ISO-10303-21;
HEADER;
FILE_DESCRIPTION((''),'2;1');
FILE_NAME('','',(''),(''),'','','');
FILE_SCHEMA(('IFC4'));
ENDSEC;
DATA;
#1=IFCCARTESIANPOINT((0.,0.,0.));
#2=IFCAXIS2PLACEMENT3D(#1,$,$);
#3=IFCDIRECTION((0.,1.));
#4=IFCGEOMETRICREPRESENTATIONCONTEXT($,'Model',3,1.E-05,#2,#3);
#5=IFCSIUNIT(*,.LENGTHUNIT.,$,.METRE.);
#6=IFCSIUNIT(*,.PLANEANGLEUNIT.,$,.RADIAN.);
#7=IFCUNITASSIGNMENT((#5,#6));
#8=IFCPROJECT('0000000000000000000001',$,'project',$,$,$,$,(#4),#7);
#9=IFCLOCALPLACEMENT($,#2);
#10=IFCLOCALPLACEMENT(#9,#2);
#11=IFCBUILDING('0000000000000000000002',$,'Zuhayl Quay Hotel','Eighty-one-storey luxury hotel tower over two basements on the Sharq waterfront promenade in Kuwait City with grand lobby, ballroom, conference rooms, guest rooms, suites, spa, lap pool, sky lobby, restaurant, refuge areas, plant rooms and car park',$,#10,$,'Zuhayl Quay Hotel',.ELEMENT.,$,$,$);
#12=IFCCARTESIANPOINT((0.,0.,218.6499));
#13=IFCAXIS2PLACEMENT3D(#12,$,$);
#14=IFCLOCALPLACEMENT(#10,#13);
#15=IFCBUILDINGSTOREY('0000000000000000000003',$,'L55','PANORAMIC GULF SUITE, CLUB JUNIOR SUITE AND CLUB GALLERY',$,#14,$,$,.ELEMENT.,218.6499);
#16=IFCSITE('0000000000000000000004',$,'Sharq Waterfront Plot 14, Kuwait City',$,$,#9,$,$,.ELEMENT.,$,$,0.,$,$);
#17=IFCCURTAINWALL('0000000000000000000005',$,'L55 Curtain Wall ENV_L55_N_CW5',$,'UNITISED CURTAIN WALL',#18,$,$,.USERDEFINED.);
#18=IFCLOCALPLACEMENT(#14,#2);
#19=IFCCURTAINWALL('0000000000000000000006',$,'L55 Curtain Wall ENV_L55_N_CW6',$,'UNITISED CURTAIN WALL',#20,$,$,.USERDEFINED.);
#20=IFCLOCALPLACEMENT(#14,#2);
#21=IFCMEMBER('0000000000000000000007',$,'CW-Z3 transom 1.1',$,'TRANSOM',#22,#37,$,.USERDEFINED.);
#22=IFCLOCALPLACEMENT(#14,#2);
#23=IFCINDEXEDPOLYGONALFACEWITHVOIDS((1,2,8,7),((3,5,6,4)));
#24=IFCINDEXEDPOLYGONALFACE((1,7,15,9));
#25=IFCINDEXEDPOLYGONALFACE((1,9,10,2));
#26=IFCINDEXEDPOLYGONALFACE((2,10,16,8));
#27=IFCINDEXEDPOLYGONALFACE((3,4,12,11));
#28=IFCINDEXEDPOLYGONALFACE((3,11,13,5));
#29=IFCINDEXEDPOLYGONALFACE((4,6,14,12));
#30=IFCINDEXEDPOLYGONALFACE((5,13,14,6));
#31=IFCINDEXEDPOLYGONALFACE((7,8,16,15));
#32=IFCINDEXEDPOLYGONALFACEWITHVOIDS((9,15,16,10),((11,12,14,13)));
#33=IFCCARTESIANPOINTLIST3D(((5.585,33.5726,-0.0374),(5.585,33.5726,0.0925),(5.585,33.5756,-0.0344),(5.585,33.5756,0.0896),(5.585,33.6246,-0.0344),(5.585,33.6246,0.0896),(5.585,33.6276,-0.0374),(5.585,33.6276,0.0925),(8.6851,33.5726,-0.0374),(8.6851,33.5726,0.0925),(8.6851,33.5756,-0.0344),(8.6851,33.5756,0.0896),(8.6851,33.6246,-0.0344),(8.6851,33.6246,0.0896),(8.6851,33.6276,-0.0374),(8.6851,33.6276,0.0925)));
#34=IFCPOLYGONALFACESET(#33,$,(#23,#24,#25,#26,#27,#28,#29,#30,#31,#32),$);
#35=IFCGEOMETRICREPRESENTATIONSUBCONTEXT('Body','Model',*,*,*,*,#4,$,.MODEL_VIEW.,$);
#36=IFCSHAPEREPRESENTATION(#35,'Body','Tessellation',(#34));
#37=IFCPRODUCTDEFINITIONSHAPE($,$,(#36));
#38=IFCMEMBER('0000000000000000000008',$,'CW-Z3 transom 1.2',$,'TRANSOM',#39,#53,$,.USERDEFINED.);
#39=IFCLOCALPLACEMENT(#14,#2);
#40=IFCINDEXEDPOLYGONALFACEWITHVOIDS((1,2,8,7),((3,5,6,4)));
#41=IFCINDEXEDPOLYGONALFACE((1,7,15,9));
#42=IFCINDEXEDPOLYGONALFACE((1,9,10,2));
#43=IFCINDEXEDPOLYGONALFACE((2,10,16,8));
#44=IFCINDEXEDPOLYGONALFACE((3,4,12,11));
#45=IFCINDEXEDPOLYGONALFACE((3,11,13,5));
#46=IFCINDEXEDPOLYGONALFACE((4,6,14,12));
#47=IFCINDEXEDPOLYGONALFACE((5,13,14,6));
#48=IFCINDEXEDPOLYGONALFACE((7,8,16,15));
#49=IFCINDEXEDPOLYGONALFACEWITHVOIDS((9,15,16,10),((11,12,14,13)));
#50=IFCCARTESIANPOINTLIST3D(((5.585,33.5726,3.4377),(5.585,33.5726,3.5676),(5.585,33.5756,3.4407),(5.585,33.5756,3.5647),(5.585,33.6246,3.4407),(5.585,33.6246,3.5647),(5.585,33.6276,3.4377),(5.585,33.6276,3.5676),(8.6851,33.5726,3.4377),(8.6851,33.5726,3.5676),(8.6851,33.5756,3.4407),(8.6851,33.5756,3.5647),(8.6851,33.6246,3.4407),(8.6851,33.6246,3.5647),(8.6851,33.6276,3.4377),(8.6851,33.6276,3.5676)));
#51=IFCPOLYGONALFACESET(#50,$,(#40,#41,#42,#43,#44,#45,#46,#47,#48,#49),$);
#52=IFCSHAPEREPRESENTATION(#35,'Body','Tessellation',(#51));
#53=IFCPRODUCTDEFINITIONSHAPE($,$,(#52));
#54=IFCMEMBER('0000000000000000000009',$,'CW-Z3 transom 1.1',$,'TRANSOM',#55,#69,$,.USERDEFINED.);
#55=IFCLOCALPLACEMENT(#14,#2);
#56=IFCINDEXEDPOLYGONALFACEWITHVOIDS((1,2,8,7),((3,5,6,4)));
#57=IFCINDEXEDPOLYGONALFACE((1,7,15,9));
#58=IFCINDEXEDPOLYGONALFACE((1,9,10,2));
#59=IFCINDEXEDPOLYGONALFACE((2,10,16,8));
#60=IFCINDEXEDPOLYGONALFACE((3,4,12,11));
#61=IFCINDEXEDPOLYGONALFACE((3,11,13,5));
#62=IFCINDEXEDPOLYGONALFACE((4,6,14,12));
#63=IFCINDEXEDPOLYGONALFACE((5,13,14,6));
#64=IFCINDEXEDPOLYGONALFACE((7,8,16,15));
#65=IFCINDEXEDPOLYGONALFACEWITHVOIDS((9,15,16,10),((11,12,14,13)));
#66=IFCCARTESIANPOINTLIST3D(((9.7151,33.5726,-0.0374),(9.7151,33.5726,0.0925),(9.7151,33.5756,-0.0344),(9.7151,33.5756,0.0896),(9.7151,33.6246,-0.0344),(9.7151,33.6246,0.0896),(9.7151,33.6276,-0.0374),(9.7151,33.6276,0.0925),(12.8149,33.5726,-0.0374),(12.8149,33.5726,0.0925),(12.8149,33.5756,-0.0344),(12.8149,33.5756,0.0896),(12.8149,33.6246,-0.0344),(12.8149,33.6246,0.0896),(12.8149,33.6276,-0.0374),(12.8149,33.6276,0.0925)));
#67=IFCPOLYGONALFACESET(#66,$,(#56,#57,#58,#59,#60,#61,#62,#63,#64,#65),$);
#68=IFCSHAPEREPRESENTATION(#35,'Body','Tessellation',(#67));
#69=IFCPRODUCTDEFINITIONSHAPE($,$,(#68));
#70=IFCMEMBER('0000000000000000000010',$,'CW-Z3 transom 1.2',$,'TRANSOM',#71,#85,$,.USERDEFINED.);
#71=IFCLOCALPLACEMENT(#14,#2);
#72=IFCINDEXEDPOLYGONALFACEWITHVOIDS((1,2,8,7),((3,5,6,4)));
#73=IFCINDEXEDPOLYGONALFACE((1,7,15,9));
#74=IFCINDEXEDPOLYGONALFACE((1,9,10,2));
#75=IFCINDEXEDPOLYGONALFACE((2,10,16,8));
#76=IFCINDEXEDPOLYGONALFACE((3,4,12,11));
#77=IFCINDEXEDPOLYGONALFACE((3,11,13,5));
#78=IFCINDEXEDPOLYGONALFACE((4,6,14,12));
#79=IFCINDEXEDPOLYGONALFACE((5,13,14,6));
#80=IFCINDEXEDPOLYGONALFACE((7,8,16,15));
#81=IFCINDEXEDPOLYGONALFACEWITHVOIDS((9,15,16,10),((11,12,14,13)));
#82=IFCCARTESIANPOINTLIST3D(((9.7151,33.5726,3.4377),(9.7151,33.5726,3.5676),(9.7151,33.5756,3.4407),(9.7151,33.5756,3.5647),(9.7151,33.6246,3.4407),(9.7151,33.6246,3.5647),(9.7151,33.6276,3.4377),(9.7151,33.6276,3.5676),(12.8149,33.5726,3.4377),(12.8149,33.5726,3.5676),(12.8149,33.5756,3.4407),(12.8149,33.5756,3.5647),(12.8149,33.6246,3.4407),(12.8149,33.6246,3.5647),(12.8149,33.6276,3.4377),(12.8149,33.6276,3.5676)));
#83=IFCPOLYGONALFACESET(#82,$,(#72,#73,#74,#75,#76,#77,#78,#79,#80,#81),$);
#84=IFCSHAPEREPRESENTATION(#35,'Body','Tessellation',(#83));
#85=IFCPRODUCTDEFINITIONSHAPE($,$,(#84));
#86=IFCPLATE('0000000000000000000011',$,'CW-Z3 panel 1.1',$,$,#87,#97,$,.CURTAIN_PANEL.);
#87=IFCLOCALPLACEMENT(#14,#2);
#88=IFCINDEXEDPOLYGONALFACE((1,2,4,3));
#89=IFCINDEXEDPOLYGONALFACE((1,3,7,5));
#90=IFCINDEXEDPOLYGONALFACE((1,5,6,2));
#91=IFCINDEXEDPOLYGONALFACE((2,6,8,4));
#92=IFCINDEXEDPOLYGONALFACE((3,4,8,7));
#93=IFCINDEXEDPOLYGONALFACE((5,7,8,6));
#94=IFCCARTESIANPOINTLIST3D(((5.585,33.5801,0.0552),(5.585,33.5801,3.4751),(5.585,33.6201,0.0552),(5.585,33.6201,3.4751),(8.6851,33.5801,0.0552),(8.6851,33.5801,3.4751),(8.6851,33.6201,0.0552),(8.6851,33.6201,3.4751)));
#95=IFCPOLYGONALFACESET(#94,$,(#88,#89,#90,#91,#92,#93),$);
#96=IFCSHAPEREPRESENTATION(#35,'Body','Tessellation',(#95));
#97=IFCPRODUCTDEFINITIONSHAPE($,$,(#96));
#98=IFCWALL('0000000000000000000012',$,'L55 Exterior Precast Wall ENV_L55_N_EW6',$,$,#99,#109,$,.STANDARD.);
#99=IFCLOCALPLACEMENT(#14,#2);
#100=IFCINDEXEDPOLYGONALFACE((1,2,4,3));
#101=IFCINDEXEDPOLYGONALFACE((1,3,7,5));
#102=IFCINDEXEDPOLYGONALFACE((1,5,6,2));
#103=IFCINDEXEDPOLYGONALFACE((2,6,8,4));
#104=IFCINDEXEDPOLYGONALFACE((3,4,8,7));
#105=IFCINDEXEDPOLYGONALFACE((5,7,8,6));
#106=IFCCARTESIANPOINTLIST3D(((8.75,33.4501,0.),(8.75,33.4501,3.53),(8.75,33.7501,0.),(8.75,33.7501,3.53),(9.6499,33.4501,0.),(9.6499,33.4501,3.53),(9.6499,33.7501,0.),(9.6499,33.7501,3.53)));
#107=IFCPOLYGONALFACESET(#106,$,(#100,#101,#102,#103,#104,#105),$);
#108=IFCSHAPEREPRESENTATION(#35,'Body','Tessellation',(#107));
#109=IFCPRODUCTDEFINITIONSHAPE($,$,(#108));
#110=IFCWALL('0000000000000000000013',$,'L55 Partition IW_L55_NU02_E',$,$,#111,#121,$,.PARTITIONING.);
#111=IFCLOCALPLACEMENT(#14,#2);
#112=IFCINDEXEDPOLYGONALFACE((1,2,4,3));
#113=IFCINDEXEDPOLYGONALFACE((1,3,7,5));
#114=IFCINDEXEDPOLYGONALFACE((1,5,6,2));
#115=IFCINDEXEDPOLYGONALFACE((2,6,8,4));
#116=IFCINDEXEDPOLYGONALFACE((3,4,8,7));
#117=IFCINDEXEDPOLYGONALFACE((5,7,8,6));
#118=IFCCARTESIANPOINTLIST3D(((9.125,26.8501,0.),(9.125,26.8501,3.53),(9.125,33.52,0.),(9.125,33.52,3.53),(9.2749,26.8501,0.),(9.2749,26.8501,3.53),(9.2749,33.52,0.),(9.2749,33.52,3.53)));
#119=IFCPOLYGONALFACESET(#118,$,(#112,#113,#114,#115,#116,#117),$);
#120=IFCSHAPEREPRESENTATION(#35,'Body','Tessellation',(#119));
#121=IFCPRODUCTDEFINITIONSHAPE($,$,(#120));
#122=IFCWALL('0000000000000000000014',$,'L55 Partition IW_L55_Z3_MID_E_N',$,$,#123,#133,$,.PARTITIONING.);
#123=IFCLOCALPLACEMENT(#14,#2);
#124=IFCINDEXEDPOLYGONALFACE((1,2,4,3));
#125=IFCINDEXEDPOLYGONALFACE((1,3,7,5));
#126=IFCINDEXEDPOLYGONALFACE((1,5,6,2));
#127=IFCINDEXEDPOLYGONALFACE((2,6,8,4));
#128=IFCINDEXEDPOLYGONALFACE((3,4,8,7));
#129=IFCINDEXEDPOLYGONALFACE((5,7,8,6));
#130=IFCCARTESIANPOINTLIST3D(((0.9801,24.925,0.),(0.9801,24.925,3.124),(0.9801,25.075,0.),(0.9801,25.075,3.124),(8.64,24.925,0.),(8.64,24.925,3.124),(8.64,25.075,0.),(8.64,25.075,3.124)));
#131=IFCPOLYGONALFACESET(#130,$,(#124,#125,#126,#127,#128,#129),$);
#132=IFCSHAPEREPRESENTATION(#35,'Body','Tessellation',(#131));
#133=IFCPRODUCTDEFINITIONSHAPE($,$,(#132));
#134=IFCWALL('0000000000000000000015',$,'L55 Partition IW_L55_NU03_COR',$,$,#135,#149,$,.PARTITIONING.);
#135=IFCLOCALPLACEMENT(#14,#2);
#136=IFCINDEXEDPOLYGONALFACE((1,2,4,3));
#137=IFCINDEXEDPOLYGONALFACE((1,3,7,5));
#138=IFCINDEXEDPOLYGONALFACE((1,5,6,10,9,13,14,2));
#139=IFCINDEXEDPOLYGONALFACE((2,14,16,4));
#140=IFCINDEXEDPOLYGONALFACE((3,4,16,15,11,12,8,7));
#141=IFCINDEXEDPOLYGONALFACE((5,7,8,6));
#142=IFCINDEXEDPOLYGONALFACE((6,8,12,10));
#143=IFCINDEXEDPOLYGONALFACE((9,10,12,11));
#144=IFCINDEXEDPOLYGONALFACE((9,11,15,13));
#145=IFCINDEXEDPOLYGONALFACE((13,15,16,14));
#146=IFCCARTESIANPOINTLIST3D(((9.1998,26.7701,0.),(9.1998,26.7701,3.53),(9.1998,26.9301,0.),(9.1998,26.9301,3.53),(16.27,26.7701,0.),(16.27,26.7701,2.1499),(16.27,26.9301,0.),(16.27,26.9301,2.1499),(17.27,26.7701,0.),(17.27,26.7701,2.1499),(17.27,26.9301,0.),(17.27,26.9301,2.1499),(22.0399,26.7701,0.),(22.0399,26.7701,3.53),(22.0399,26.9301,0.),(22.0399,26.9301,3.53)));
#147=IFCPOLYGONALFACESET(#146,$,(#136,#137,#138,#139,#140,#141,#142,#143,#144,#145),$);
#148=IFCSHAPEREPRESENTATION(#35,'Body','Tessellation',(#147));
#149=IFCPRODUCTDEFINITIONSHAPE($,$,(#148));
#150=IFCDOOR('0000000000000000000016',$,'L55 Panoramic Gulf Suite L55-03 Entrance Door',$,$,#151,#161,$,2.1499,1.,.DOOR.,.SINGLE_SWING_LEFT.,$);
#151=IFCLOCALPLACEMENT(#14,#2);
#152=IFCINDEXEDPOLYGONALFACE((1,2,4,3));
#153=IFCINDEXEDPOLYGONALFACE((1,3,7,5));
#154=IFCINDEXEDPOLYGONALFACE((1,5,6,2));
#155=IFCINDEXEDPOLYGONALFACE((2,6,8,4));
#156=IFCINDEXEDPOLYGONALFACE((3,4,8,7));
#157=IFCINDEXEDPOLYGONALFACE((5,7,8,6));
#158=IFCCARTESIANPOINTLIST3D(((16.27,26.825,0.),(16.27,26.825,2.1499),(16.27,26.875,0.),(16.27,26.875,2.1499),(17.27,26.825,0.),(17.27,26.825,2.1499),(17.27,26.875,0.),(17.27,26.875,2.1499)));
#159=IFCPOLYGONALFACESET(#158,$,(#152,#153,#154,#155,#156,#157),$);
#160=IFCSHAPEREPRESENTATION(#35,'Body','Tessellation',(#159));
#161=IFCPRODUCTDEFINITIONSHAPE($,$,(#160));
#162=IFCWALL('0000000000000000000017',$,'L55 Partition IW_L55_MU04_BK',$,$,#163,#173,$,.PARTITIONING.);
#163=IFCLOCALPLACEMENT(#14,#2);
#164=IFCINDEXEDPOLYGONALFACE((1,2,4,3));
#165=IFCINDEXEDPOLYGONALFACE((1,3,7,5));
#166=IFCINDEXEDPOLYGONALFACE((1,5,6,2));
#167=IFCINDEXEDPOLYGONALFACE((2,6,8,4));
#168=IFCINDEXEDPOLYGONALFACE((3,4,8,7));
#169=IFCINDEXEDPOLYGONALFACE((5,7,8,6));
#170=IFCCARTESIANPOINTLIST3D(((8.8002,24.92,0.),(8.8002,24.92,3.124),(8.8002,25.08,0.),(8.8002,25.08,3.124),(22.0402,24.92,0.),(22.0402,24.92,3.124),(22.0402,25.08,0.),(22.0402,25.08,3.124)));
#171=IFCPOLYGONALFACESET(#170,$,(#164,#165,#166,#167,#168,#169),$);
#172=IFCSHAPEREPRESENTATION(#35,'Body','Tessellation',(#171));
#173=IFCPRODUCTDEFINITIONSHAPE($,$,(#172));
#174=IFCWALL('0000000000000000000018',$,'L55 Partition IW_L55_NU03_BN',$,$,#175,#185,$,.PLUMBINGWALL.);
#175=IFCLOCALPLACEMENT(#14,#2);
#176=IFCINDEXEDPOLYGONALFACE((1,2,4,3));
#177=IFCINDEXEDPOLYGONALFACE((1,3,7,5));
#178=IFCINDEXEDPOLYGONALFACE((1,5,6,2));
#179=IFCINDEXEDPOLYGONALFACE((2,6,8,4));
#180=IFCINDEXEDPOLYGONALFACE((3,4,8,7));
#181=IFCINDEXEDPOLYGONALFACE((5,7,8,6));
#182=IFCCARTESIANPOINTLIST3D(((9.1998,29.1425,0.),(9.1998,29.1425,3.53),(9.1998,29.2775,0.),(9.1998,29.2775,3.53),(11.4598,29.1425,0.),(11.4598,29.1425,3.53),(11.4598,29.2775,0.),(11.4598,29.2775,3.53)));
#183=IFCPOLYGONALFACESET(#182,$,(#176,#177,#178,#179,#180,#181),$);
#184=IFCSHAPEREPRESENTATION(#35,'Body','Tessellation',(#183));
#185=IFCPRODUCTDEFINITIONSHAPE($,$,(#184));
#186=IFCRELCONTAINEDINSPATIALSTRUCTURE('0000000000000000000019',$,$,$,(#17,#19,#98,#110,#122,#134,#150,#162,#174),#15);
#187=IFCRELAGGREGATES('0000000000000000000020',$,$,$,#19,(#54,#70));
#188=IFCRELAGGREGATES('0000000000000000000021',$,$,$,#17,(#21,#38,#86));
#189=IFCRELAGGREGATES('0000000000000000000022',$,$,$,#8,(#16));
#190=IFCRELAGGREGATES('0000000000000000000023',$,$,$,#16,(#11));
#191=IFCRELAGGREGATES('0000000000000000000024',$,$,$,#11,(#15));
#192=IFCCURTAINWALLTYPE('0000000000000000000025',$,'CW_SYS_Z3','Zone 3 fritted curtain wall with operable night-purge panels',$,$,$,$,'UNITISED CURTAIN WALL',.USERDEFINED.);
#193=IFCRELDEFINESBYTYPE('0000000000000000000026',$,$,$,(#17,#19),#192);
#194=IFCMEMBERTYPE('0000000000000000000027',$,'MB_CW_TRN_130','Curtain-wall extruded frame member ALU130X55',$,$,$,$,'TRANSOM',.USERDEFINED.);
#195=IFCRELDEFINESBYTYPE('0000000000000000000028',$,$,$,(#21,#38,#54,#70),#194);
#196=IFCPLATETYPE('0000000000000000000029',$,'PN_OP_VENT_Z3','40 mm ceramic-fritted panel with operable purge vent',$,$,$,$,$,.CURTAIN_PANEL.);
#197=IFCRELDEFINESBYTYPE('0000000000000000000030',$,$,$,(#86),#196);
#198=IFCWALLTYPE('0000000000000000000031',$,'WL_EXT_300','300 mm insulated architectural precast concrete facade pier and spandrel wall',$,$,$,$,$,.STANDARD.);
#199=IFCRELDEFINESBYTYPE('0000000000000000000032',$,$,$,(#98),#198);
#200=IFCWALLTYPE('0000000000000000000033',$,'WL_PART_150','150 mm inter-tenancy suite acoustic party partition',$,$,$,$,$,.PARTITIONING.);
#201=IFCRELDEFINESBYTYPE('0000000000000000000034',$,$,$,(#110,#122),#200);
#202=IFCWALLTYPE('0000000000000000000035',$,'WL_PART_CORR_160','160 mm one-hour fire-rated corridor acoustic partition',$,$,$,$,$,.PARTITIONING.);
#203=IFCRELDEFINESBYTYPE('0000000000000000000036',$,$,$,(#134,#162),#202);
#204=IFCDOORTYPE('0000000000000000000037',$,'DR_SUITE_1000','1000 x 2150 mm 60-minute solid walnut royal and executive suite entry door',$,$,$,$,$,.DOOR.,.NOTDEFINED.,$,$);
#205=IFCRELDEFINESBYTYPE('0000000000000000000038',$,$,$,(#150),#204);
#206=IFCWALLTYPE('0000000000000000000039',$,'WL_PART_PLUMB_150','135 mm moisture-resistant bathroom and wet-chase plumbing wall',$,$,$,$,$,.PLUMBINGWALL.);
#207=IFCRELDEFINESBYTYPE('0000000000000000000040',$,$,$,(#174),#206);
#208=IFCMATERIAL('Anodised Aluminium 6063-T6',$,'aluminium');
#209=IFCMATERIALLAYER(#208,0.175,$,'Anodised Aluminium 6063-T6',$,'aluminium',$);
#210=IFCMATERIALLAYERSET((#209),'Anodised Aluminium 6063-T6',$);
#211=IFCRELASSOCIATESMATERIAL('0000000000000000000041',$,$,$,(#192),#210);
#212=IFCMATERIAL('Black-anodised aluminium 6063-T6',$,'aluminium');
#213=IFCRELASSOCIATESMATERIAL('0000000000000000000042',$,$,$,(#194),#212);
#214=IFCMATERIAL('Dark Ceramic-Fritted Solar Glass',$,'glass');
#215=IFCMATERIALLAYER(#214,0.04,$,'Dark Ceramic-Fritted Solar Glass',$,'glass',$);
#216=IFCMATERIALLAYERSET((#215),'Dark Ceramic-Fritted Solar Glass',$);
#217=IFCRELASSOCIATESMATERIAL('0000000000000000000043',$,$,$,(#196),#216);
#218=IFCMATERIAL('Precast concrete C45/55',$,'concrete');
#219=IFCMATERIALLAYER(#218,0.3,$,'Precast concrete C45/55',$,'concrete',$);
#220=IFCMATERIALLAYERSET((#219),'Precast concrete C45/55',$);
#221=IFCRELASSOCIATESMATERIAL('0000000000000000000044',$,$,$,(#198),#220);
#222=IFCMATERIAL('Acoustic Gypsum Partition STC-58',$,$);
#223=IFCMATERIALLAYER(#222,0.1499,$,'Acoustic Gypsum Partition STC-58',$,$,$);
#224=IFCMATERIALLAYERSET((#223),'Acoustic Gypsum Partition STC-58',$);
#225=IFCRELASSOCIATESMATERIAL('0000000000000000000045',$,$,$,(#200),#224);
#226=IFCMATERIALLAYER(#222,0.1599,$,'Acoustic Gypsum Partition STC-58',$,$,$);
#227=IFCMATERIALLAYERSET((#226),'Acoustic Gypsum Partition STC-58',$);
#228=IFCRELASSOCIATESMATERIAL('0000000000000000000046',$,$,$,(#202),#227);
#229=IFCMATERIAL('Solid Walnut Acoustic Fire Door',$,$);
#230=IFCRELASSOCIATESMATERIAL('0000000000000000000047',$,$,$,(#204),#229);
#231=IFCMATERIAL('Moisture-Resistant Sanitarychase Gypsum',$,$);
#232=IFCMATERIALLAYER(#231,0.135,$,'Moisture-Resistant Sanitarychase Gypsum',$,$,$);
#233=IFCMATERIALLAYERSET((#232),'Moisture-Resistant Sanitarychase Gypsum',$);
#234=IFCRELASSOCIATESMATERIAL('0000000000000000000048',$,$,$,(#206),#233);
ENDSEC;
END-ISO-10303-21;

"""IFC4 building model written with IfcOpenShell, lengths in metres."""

from ifc_helpers import new_model, si_unit, direction, frame, frame_2d, origin, origin_2d, place, context, subcontext, project, spatial, rectangle, hollow_rectangle, extrude, material, layer, layer_set, material_profile, profile_set, type_object, element, fill, aggregate, save


model = new_model("IFC4")

# Units and contexts
model_context = context("Model", 3, precision=1e-05, world=origin(), true_north=direction((0.0, 1.0)))
body_context = subcontext(model_context, "Body", "Model", "MODEL_VIEW")
ifc_project = project(units=[si_unit("LENGTHUNIT", "METRE"), si_unit("PLANEANGLEUNIT", "RADIAN")], contexts=[model_context])

# Site, building, storey
site_placement = place(None, origin())
site = spatial("IfcSite", under=ifc_project, at=site_placement, Name="Sharq Waterfront Plot 14, Kuwait City", CompositionType="ELEMENT", RefElevation=0.0)
building_placement = place(site_placement, origin())
building = spatial("IfcBuilding", under=site, at=building_placement, Name="Zuhayl Quay Hotel", Description="Eighty-one-storey luxury hotel tower over two basements on the Sharq waterfront promenade in Kuwait City with grand lobby, ballroom, conference rooms, guest rooms, suites, spa, lap pool, sky lobby, restaurant, refuge areas, plant rooms and car park", LongName="Zuhayl Quay Hotel", CompositionType="ELEMENT")
storey_placement = place(building_placement, frame((0.0, 0.0, 218.6499)))
storey = spatial("IfcBuildingStorey", under=building, at=storey_placement, Name="L55", Description="PANORAMIC GULF SUITE, CLUB JUNIOR SUITE AND CLUB GALLERY", CompositionType="ELEMENT", Elevation=218.6499)

# Curtain wall
ifc_material_1 = material(Name="Anodised Aluminium 6063-T6", Category="aluminium")
ifc_layer_1 = layer(ifc_material_1, 0.175, Name="Anodised Aluminium 6063-T6", Category="aluminium")
ifc_layer_set_1 = layer_set([ifc_layer_1], Name="Anodised Aluminium 6063-T6")
curtain_wall_type = type_object("IfcCurtainWallType", Name="CW_SYS_Z3", Description="Zone 3 fritted curtain wall with operable night-purge panels", ElementType="UNITISED CURTAIN WALL", PredefinedType="USERDEFINED", material=ifc_layer_set_1)
curtain_wall_1_placement = place(storey_placement, origin())
curtain_wall_1 = element("IfcCurtainWall", 1, at=curtain_wall_1_placement, inside=storey, type_object=curtain_wall_type, Name="L55 Curtain Wall ENV_L55_N_CW5", ObjectType="UNITISED CURTAIN WALL", PredefinedType="USERDEFINED")
ifc_material_2 = material(Name="Black-anodised aluminium 6063-T6", Category="aluminium")

# Curtain wall
curtain_wall_2_placement = place(storey_placement, origin())
curtain_wall_2 = element("IfcCurtainWall", 2, at=curtain_wall_2_placement, inside=storey, type_object=curtain_wall_type, Name="L55 Curtain Wall ENV_L55_N_CW6", ObjectType="UNITISED CURTAIN WALL", PredefinedType="USERDEFINED")

# Members
ifc_material_profile_1 = material_profile(ifc_material_2, hollow_rectangle(XDim=0.0549, YDim=0.1299, WallThickness=0.0029, at=origin_2d()), Name="ALU130X55")
ifc_profile_set_1 = profile_set([ifc_material_profile_1], Name="Black-anodised aluminium 6063-T6")
member_type_1 = type_object("IfcMemberType", Name="MB_CW_TRN_130", Description="Curtain-wall extruded frame member ALU130X55", ElementType="TRANSOM", PredefinedType="USERDEFINED", material=ifc_profile_set_1)
member_1_placement = place(storey_placement, frame((5.585, 33.6001, 0.0276), z_axis=(1.0, 0.0, 0.0), x_axis=(0.0, 1.0, 0.0)))
member_1 = element("IfcMember", 3, at=member_1_placement, type_object=member_type_1, Name="CW-Z3 transom 1.1", ObjectType="TRANSOM", PredefinedType="USERDEFINED", context=body_context, shape_type="SweptSolid", body=[
    extrude(hollow_rectangle(XDim=0.0549, YDim=0.1299, WallThickness=0.0029, at=origin_2d()), origin(), (0.0, 0.0, 1.0), 3.1001),
])
member_2_placement = place(storey_placement, frame((5.585, 33.6001, 3.5027), z_axis=(1.0, 0.0, 0.0), x_axis=(0.0, 1.0, 0.0)))
member_2 = element("IfcMember", 4, at=member_2_placement, type_object=member_type_1, Name="CW-Z3 transom 1.2", ObjectType="TRANSOM", PredefinedType="USERDEFINED", context=body_context, shape_type="SweptSolid", body=[
    extrude(hollow_rectangle(XDim=0.0549, YDim=0.1299, WallThickness=0.0029, at=origin_2d()), origin(), (0.0, 0.0, 1.0), 3.1001),
])
member_3_placement = place(storey_placement, frame((9.7151, 33.6001, 0.0276), z_axis=(1.0, 0.0, 0.0), x_axis=(0.0, 1.0, 0.0)))
member_3 = element("IfcMember", 5, at=member_3_placement, type_object=member_type_1, Name="CW-Z3 transom 1.1", ObjectType="TRANSOM", PredefinedType="USERDEFINED", context=body_context, shape_type="SweptSolid", body=[
    extrude(hollow_rectangle(XDim=0.0549, YDim=0.1299, WallThickness=0.0029, at=origin_2d()), origin(), (0.0, 0.0, 1.0), 3.0999),
])
member_4_placement = place(storey_placement, frame((9.7151, 33.6001, 3.5027), z_axis=(1.0, 0.0, 0.0), x_axis=(0.0, 1.0, 0.0)))
member_4 = element("IfcMember", 6, at=member_4_placement, type_object=member_type_1, Name="CW-Z3 transom 1.2", ObjectType="TRANSOM", PredefinedType="USERDEFINED", context=body_context, shape_type="SweptSolid", body=[
    extrude(hollow_rectangle(XDim=0.0549, YDim=0.1299, WallThickness=0.0029, at=origin_2d()), origin(), (0.0, 0.0, 1.0), 3.0999),
])
aggregate(curtain_wall_2, [member_3, member_4])

# Plate
ifc_material_3 = material(Name="Dark Ceramic-Fritted Solar Glass", Category="glass")
ifc_layer_2 = layer(ifc_material_3, 0.04, Name="Dark Ceramic-Fritted Solar Glass", Category="glass")
ifc_layer_set_2 = layer_set([ifc_layer_2], Name="Dark Ceramic-Fritted Solar Glass")
plate_type = type_object("IfcPlateType", Name="PN_OP_VENT_Z3", Description="40 mm ceramic-fritted panel with operable purge vent", PredefinedType="CURTAIN_PANEL", material=ifc_layer_set_2)
plate_placement = place(storey_placement, frame((7.135, 33.6001, 0.0552), z_axis=(0.0, 0.0, 1.0), x_axis=(1.0, 0.0, 0.0)))
plate = element("IfcPlate", 7, at=plate_placement, type_object=plate_type, Name="CW-Z3 panel 1.1", PredefinedType="CURTAIN_PANEL", context=body_context, shape_type="SweptSolid", body=[
    extrude(rectangle(XDim=3.1001, YDim=0.04, at=origin_2d()), origin(), (0.0, 0.0, 1.0), 3.4199),
])
aggregate(curtain_wall_1, [member_1, member_2, plate])

# Walls
ifc_material_4 = material(Name="Precast concrete C45/55", Category="concrete")
ifc_layer_3 = layer(ifc_material_4, 0.3, Name="Precast concrete C45/55", Category="concrete")
ifc_layer_set_3 = layer_set([ifc_layer_3], Name="Precast concrete C45/55")
wall_type_1 = type_object("IfcWallType", Name="WL_EXT_300", Description="300 mm insulated architectural precast concrete facade pier and spandrel wall", PredefinedType="STANDARD", material=ifc_layer_set_3)
wall_1_placement = place(storey_placement, frame((8.75, 33.6001, 0.0), z_axis=(0.0, 0.0, 1.0), x_axis=(1.0, 0.0, 0.0)))
element("IfcWall", 8, at=wall_1_placement, inside=storey, type_object=wall_type_1, Name="L55 Exterior Precast Wall ENV_L55_N_EW6", PredefinedType="STANDARD", context=body_context, shape_type="SweptSolid", body=[
    extrude(rectangle(XDim=0.8999, YDim=0.3, at=frame_2d((0.45, 0.0))), origin(), (0.0, 0.0, 1.0), 3.53),
])
ifc_material_5 = material(Name="Acoustic Gypsum Partition STC-58")
ifc_layer_4 = layer(ifc_material_5, 0.1499, Name="Acoustic Gypsum Partition STC-58")
ifc_layer_set_4 = layer_set([ifc_layer_4], Name="Acoustic Gypsum Partition STC-58")
wall_type_2 = type_object("IfcWallType", Name="WL_PART_150", Description="150 mm inter-tenancy suite acoustic party partition", PredefinedType="PARTITIONING", material=ifc_layer_set_4)
wall_2_placement = place(storey_placement, frame((9.2, 26.8501, 0.0), z_axis=(0.0, 0.0, 1.0), x_axis=(0.0, 1.0, 0.0)))
element("IfcWall", 9, at=wall_2_placement, inside=storey, type_object=wall_type_2, Name="L55 Partition IW_L55_NU02_E", PredefinedType="PARTITIONING", context=body_context, shape_type="SweptSolid", body=[
    extrude(rectangle(XDim=6.6699, YDim=0.1499, at=frame_2d((3.335, 0.0))), origin(), (0.0, 0.0, 1.0), 3.53),
])
wall_3_placement = place(storey_placement, frame((0.98, 25.0, 0.0), z_axis=(0.0, 0.0, 1.0), x_axis=(1.0, 0.0, 0.0)))
element("IfcWall", 10, at=wall_3_placement, inside=storey, type_object=wall_type_2, Name="L55 Partition IW_L55_Z3_MID_E_N", PredefinedType="PARTITIONING", context=body_context, shape_type="SweptSolid", body=[
    extrude(rectangle(XDim=7.6599, YDim=0.1499, at=frame_2d((3.8301, 0.0))), origin(), (0.0, 0.0, 1.0), 3.124),
])

# Wall, opening, door
ifc_layer_5 = layer(ifc_material_5, 0.1599, Name="Acoustic Gypsum Partition STC-58")
ifc_layer_set_5 = layer_set([ifc_layer_5], Name="Acoustic Gypsum Partition STC-58")
wall_type_3 = type_object("IfcWallType", Name="WL_PART_CORR_160", Description="160 mm one-hour fire-rated corridor acoustic partition", PredefinedType="PARTITIONING", material=ifc_layer_set_5)
wall_4_placement = place(storey_placement, frame((9.2, 26.8501, 0.0), z_axis=(0.0, 0.0, 1.0), x_axis=(1.0, 0.0, 0.0)))
wall_4 = element("IfcWall", 11, at=wall_4_placement, inside=storey, type_object=wall_type_3, Name="L55 Partition IW_L55_NU03_COR", PredefinedType="PARTITIONING", context=body_context, shape_type="SweptSolid", body=[
    extrude(rectangle(XDim=12.8401, YDim=0.1599, at=frame_2d((6.4199, 0.0))), origin(), (0.0, 0.0, 1.0), 3.53),
])
opening_placement = place(wall_4_placement, frame((7.0701, 0.0, 0.0)))
opening = element("IfcOpeningElement", 12, at=opening_placement, cuts=wall_4, PredefinedType="OPENING", context=body_context, shape_type="SweptSolid", body=[
    extrude(rectangle(XDim=1.0, YDim=2.1499, at=frame_2d((0.5, 1.075))), frame((0.0, 0.0898, 0.0), z_axis=(0.0, -1.0, 0.0), x_axis=(1.0, 0.0, 0.0)), (0.0, 0.0, 1.0), 0.1799),
])
ifc_material_6 = material(Name="Solid Walnut Acoustic Fire Door")
door_type = type_object("IfcDoorType", Name="DR_SUITE_1000", Description="1000 x 2150 mm 60-minute solid walnut royal and executive suite entry door", OperationType="NOTDEFINED", PredefinedType="DOOR", material=ifc_material_6)
door_placement = place(opening_placement, origin())
door = element("IfcDoor", 13, at=door_placement, inside=storey, type_object=door_type, Name="L55 Panoramic Gulf Suite L55-03 Entrance Door", OperationType="SINGLE_SWING_LEFT", OverallHeight=2.1499, OverallWidth=1.0, PredefinedType="DOOR", context=body_context, shape_type="SweptSolid", body=[
    extrude(rectangle(XDim=1.0, YDim=2.1499, at=frame_2d((0.5, 1.075))), frame((0.0, 0.0249, 0.0), z_axis=(0.0, -1.0, 0.0), x_axis=(1.0, 0.0, 0.0)), (0.0, 0.0, 1.0), 0.05),
])
fill(opening, door)

# Walls
wall_5_placement = place(storey_placement, frame((8.8, 25.0, 0.0), z_axis=(0.0, 0.0, 1.0), x_axis=(1.0, 0.0, 0.0)))
element("IfcWall", 14, at=wall_5_placement, inside=storey, type_object=wall_type_3, Name="L55 Partition IW_L55_MU04_BK", PredefinedType="PARTITIONING", context=body_context, shape_type="SweptSolid", body=[
    extrude(rectangle(XDim=13.24, YDim=0.1599, at=frame_2d((6.6201, 0.0))), origin(), (0.0, 0.0, 1.0), 3.124),
])
ifc_material_7 = material(Name="Moisture-Resistant Sanitarychase Gypsum")
ifc_layer_6 = layer(ifc_material_7, 0.135, Name="Moisture-Resistant Sanitarychase Gypsum")
ifc_layer_set_6 = layer_set([ifc_layer_6], Name="Moisture-Resistant Sanitarychase Gypsum")
wall_type_4 = type_object("IfcWallType", Name="WL_PART_PLUMB_150", Description="135 mm moisture-resistant bathroom and wet-chase plumbing wall", PredefinedType="PLUMBINGWALL", material=ifc_layer_set_6)
wall_6_placement = place(storey_placement, frame((9.2, 29.21, 0.0), z_axis=(0.0, 0.0, 1.0), x_axis=(1.0, 0.0, 0.0)))
element("IfcWall", 15, at=wall_6_placement, inside=storey, type_object=wall_type_4, Name="L55 Partition IW_L55_NU03_BN", PredefinedType="PLUMBINGWALL", context=body_context, shape_type="SweptSolid", body=[
    extrude(rectangle(XDim=2.26, YDim=0.135, at=frame_2d((1.1299, 0.0))), origin(), (0.0, 0.0, 1.0), 3.53),
])

save(model, "model.ifc")
